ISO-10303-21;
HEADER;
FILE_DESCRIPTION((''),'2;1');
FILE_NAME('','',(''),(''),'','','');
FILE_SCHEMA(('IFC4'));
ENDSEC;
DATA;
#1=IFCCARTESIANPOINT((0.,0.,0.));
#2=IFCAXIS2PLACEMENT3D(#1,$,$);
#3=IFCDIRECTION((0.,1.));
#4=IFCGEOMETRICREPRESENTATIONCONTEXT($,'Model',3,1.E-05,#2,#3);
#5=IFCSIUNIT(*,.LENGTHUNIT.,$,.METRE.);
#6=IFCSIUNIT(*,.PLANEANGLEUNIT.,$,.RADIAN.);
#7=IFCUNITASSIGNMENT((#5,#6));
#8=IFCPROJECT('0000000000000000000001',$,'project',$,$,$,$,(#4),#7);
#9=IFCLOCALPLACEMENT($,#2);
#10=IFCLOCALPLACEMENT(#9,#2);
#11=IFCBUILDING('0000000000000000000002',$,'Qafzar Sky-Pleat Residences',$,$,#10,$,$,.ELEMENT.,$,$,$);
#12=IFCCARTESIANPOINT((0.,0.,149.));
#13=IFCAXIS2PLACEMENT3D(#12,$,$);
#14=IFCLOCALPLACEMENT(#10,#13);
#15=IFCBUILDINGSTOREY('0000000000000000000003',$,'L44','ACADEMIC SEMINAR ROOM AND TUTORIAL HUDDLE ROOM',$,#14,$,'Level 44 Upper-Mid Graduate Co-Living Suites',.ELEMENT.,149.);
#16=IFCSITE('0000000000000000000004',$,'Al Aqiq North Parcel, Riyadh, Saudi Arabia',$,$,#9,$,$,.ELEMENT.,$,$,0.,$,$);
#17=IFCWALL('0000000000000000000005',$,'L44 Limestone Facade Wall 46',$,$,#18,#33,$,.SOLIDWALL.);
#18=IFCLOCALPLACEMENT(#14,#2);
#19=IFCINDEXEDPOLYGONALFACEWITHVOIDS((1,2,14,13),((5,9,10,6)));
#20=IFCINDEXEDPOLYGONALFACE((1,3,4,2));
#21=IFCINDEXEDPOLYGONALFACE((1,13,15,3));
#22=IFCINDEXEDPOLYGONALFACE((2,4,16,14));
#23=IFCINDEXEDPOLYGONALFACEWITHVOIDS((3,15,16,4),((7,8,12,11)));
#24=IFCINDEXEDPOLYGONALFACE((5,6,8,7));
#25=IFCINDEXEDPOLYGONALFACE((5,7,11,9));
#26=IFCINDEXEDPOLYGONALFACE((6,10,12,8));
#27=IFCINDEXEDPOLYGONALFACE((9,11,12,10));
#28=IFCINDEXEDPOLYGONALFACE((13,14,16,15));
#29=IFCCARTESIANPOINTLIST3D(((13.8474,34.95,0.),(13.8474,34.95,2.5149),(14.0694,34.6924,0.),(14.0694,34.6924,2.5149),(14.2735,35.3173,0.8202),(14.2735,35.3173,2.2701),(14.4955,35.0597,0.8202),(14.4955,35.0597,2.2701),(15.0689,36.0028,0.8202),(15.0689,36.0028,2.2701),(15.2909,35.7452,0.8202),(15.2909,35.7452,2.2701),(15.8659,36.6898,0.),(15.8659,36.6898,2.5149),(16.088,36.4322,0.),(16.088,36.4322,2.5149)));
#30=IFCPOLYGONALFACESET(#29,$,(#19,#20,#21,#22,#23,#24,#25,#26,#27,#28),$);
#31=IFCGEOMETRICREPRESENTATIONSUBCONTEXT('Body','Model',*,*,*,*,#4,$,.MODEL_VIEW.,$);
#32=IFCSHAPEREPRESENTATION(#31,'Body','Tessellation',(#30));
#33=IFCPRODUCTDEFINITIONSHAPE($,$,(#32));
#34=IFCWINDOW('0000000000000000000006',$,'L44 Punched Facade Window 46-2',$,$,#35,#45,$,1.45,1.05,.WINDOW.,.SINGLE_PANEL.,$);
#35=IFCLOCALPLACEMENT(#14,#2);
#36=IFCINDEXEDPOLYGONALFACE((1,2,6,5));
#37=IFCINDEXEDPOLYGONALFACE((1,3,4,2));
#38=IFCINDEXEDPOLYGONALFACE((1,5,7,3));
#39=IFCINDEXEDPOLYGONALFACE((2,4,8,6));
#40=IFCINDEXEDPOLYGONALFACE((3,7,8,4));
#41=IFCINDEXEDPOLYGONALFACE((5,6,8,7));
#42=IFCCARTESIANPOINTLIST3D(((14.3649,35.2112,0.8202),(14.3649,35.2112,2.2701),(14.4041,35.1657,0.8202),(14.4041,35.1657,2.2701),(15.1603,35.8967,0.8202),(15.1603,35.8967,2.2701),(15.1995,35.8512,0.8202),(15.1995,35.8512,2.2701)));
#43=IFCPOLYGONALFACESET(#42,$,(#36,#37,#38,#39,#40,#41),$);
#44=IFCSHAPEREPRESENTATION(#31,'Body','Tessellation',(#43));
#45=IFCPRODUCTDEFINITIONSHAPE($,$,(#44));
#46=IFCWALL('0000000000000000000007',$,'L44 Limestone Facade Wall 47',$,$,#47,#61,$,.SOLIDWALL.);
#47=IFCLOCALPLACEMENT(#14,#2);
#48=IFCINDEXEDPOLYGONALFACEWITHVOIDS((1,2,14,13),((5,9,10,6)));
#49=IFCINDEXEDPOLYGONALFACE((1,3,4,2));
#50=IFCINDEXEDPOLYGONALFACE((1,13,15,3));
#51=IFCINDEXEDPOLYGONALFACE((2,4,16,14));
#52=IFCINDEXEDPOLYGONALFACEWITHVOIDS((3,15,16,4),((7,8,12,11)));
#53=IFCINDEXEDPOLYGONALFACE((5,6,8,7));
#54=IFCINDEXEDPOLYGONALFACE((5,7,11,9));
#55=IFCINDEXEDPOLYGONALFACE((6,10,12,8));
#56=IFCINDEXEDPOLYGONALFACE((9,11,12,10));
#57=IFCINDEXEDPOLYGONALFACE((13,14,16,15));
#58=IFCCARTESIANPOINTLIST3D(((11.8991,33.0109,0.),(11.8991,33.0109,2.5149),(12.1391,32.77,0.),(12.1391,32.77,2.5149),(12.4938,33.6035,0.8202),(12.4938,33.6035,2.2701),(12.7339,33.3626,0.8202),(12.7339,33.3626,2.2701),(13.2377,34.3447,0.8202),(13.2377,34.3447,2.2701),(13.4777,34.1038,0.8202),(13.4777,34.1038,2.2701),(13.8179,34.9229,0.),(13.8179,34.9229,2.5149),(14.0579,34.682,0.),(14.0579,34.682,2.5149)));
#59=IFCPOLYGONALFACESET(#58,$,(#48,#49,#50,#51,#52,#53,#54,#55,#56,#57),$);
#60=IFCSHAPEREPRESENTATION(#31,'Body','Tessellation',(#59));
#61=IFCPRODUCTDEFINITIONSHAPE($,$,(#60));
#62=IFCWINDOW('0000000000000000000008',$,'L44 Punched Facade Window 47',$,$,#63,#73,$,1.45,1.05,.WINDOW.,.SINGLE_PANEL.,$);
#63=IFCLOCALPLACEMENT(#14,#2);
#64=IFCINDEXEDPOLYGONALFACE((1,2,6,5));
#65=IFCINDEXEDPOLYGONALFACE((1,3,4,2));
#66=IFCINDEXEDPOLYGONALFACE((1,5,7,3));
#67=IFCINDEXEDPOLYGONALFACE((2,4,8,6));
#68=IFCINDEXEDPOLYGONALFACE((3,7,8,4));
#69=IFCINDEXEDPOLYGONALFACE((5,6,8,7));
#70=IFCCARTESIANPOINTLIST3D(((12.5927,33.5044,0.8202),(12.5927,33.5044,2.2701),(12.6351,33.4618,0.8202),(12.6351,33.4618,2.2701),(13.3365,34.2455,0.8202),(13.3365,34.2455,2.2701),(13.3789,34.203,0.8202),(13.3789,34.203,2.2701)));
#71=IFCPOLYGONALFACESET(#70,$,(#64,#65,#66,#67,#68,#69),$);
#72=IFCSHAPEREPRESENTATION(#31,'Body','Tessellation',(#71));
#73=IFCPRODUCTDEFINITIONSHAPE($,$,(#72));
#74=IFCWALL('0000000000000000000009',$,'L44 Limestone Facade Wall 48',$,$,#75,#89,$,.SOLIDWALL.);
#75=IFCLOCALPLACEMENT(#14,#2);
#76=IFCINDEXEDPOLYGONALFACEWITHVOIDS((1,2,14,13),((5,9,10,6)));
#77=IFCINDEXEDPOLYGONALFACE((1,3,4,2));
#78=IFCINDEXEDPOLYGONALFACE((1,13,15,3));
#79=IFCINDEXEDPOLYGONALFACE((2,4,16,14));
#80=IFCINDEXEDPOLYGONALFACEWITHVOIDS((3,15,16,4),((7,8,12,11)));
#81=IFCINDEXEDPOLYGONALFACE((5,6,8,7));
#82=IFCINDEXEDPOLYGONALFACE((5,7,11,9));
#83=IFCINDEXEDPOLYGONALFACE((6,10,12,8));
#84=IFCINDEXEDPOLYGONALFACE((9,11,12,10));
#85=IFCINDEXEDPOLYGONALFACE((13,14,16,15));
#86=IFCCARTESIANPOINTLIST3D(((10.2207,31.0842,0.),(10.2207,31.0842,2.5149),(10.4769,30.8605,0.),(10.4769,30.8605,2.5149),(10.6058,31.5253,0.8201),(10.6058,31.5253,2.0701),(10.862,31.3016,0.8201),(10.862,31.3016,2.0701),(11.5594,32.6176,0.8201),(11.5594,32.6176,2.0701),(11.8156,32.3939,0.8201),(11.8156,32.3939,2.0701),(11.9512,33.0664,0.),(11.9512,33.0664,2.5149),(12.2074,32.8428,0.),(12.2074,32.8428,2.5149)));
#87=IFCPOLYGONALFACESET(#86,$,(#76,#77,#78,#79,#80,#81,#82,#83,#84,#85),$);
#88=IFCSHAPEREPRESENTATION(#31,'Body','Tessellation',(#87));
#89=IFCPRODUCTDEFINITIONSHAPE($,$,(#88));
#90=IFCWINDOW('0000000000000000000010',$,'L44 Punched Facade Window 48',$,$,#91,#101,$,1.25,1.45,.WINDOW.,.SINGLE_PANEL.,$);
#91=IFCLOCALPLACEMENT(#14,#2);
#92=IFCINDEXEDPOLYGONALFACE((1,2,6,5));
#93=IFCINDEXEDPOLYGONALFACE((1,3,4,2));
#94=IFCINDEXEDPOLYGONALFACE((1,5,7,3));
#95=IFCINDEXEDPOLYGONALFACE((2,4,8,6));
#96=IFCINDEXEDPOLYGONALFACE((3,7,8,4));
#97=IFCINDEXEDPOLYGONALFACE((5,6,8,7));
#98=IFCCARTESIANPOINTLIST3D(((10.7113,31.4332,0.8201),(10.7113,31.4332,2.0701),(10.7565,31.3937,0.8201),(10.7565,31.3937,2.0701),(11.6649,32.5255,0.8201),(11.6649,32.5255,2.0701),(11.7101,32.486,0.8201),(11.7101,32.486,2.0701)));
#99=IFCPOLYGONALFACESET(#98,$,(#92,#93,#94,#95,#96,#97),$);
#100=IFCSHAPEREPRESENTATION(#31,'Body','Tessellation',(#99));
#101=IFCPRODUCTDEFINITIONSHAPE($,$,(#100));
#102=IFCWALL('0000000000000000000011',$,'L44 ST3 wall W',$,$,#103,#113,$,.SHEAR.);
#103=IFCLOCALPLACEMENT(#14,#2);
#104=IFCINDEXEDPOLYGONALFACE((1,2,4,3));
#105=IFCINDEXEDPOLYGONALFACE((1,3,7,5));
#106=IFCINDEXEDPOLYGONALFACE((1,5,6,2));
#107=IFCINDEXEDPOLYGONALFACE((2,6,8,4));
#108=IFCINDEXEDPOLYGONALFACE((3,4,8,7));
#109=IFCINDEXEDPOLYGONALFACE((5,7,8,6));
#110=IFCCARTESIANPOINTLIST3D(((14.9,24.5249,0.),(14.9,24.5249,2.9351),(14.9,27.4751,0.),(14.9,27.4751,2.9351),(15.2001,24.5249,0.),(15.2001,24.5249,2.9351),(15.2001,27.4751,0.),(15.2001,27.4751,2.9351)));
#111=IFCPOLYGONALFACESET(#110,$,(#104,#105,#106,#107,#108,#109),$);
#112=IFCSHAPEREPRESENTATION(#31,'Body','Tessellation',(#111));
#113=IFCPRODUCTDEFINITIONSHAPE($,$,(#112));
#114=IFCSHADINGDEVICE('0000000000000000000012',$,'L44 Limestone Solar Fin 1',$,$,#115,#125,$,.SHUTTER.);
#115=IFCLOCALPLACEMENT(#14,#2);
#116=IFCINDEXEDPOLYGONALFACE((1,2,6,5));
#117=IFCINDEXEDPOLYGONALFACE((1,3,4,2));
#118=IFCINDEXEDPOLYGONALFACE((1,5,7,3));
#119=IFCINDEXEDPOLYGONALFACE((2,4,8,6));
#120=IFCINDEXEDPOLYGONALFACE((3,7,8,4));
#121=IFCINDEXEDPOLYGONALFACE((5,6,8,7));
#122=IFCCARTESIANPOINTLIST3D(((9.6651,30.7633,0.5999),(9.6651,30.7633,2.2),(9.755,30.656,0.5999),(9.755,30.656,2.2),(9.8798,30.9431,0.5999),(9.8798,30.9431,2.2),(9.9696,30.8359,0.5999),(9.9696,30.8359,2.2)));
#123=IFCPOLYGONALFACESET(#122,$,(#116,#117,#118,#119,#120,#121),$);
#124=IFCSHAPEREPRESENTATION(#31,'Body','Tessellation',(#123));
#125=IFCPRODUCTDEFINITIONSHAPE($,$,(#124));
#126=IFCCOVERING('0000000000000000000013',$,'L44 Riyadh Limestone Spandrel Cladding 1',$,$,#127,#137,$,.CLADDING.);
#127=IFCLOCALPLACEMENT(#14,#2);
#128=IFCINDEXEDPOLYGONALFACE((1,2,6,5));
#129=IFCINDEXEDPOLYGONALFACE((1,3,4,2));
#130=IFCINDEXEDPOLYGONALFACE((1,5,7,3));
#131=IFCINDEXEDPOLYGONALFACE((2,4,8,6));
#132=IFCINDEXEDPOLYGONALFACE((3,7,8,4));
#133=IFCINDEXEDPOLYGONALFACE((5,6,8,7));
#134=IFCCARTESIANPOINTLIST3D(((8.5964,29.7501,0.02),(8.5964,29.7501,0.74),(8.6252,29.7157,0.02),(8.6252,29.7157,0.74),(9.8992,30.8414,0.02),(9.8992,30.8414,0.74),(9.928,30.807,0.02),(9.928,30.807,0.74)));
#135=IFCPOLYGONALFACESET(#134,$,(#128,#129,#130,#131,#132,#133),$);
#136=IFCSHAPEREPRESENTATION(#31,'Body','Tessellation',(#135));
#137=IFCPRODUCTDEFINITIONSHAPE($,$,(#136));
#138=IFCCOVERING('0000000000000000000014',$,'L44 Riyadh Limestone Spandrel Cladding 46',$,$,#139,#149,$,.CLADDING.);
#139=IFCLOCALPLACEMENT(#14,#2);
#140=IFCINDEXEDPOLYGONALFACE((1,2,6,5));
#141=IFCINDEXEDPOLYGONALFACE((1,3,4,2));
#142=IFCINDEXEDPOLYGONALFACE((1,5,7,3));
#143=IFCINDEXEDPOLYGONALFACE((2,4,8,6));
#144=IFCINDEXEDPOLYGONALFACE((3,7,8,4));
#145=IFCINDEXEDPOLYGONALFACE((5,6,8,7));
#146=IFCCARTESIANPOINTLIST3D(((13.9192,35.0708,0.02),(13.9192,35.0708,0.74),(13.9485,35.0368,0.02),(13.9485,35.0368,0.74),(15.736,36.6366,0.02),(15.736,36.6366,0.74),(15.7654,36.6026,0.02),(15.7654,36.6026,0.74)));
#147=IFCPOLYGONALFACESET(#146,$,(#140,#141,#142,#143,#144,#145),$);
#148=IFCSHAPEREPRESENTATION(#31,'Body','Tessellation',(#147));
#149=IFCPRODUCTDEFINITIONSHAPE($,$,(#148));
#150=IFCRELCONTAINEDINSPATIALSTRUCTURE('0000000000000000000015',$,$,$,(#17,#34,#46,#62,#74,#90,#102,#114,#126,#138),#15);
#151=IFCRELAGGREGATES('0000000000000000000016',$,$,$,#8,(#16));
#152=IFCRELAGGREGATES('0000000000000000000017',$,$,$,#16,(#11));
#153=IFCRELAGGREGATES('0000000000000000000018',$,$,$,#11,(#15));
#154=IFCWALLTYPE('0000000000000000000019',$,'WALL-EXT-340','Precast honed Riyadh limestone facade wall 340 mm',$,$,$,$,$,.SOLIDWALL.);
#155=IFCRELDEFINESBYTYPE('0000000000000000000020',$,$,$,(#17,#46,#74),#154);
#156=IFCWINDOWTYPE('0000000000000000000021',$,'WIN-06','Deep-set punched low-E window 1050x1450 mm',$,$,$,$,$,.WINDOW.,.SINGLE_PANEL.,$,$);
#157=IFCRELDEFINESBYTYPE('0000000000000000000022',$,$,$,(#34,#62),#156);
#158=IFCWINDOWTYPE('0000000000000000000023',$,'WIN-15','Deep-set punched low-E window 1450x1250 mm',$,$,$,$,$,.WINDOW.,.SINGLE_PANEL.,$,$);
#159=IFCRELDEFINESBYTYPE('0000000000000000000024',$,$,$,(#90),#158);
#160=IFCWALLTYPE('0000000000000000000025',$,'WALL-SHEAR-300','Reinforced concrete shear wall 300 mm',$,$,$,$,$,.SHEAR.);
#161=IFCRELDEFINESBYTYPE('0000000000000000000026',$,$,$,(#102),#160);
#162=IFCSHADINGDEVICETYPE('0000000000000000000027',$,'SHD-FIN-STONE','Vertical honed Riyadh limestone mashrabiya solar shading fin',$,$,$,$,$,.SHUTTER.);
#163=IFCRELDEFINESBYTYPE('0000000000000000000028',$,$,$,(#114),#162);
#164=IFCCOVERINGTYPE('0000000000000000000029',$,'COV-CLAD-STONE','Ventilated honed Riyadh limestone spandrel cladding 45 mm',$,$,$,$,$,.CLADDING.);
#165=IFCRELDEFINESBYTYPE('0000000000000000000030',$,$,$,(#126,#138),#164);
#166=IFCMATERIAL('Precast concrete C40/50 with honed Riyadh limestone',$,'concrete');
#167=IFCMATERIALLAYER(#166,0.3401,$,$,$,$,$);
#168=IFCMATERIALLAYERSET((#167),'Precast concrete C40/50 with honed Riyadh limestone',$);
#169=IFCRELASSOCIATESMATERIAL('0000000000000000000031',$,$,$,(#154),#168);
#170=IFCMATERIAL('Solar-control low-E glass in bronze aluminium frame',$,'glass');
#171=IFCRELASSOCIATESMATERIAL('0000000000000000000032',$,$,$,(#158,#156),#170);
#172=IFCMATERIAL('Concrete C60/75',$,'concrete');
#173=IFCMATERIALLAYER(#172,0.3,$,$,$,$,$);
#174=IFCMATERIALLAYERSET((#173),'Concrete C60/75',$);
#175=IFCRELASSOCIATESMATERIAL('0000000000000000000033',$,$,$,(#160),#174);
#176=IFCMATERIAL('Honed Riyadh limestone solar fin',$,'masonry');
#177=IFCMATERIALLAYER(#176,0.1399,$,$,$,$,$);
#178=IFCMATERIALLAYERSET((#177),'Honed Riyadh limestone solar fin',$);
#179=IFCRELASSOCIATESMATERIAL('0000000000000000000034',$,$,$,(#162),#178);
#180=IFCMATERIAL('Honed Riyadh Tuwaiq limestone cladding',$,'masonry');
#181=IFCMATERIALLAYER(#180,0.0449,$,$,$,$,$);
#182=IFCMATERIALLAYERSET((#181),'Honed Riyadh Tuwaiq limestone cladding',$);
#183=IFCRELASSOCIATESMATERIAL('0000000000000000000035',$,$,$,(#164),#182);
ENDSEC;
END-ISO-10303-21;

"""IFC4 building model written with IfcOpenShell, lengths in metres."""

from ifc_helpers import new_model, si_unit, direction, frame, frame_2d, origin, origin_2d, place, context, subcontext, project, spatial, rectangle, extrude, source, transform, mapped, material, layer, layer_set, type_object, element, fill, save


model = new_model("IFC4")

# Units and contexts
model_context = context("Model", 3, precision=1e-05, world=origin(), true_north=direction((0.0, 1.0)))
body_context = subcontext(model_context, "Body", "Model", "MODEL_VIEW")
ifc_project = project(units=[si_unit("LENGTHUNIT", "METRE"), si_unit("PLANEANGLEUNIT", "RADIAN")], contexts=[model_context])

# Site, building, storey
site_placement = place(None, origin())
site = spatial("IfcSite", under=ifc_project, at=site_placement, Name="Al Aqiq North Parcel, Riyadh, Saudi Arabia", CompositionType="ELEMENT", RefElevation=0.0)
building_placement = place(site_placement, origin())
building = spatial("IfcBuilding", under=site, at=building_placement, Name="Qafzar Sky-Pleat Residences", CompositionType="ELEMENT")
storey_placement = place(building_placement, frame((0.0, 0.0, 149.0)))
storey = spatial("IfcBuildingStorey", under=building, at=storey_placement, Name="L44", Description="ACADEMIC SEMINAR ROOM AND TUTORIAL HUDDLE ROOM", LongName="Level 44 Upper-Mid Graduate Co-Living Suites", CompositionType="ELEMENT", Elevation=149.0)

# Shared definitions
ifc_material_1 = material(Name="Concrete C60/75", Category="concrete")

# Walls, openings, windows
ifc_material_2 = material(Name="Precast concrete C40/50 with honed Riyadh limestone", Category="concrete")
ifc_layer_1 = layer(ifc_material_2, 0.3401)
ifc_layer_set_1 = layer_set([ifc_layer_1], Name="Precast concrete C40/50 with honed Riyadh limestone")
wall_type_1 = type_object("IfcWallType", Name="WALL-EXT-340", Description="Precast honed Riyadh limestone facade wall 340 mm", PredefinedType="SOLIDWALL", material=ifc_layer_set_1)
ifc_material_3 = material(Name="Solar-control low-E glass in bronze aluminium frame", Category="glass")
window_type_1 = type_object("IfcWindowType", Name="WIN-15", Description="Deep-set punched low-E window 1450x1250 mm", PartitioningType="SINGLE_PANEL", PredefinedType="WINDOW", material=ifc_material_3)
shared_shape_1 = source(origin(), body_context, "Body", "SweptSolid", [
    extrude(rectangle(XDim=1.45, YDim=1.25, at=frame_2d((0.7251, 0.625))), frame((0.0, 0.03, 0.0), z_axis=(0.0, -1.0, 0.0), x_axis=(1.0, 0.0, 0.0)), (0.0, 0.0, 1.0), 0.0601),
])
wall_1_placement = place(storey_placement, frame((15.9771, 36.561, 0.0), z_axis=(0.0, 0.0, 1.0), x_axis=(-0.757482, -0.652856, 0.0)))
wall_1 = element("IfcWall", 1, at=wall_1_placement, inside=storey, type_object=wall_type_1, Name="L44 Limestone Facade Wall 46", PredefinedType="SOLIDWALL", context=body_context, shape_type="SweptSolid", body=[
    extrude(rectangle(XDim=2.6648, YDim=0.3401, at=frame_2d((1.3325, 0.0))), origin(), (0.0, 0.0, 1.0), 2.5149),
])
opening_1_placement = place(wall_1_placement, frame((1.0525, 0.0, 0.8201)))
opening_1 = element("IfcOpeningElement", 2, at=opening_1_placement, cuts=wall_1, PredefinedType="OPENING", context=body_context, shape_type="SweptSolid", body=[
    extrude(rectangle(XDim=1.05, YDim=1.45, at=frame_2d((0.5249, 0.7251))), frame((0.0, 0.1802, 0.0), z_axis=(0.0, -1.0, 0.0), x_axis=(1.0, 0.0, 0.0)), (0.0, 0.0, 1.0), 0.3601),
])
window_type_2 = type_object("IfcWindowType", Name="WIN-06", Description="Deep-set punched low-E window 1050x1450 mm", PartitioningType="SINGLE_PANEL", PredefinedType="WINDOW", material=ifc_material_3)
shared_shape_2 = source(origin(), body_context, "Body", "SweptSolid", [
    extrude(rectangle(XDim=1.05, YDim=1.45, at=frame_2d((0.5249, 0.7251))), frame((0.0, 0.03, 0.0), z_axis=(0.0, -1.0, 0.0), x_axis=(1.0, 0.0, 0.0)), (0.0, 0.0, 1.0), 0.0601),
])
window_1_placement = place(opening_1_placement, origin())
window_1 = element("IfcWindow", 3, at=window_1_placement, inside=storey, type_object=window_type_2, Name="L44 Punched Facade Window 46-2", OverallHeight=1.45, OverallWidth=1.05, PartitioningType="SINGLE_PANEL", PredefinedType="WINDOW", context=body_context, shape_type="MappedRepresentation", body=[
    mapped(shared_shape_2, transform((0.0, 0.0, 0.0), x_axis=(1.0, 0.0, 0.0), y_axis=(0.0, 1.0, 0.0), z_axis=(0.0, 0.0, 1.0), scale=1.0)),
])
fill(opening_1, window_1)
wall_2_placement = place(storey_placement, frame((13.938, 34.8025, 0.0), z_axis=(0.0, 0.0, 1.0), x_axis=(-0.708368, -0.705844, 0.0)))
wall_2 = element("IfcWall", 4, at=wall_2_placement, inside=storey, type_object=wall_type_1, Name="L44 Limestone Facade Wall 47", PredefinedType="SOLIDWALL", context=body_context, shape_type="SweptSolid", body=[
    extrude(rectangle(XDim=2.7087, YDim=0.3401, at=frame_2d((1.3545, 0.0))), origin(), (0.0, 0.0, 1.0), 2.5149),
])
opening_2_placement = place(wall_2_placement, frame((0.8193, 0.0, 0.8201)))
opening_2 = element("IfcOpeningElement", 5, at=opening_2_placement, cuts=wall_2, PredefinedType="OPENING", context=body_context, shape_type="SweptSolid", body=[
    extrude(rectangle(XDim=1.05, YDim=1.45, at=frame_2d((0.5249, 0.7251))), frame((0.0, 0.1802, 0.0), z_axis=(0.0, -1.0, 0.0), x_axis=(1.0, 0.0, 0.0)), (0.0, 0.0, 1.0), 0.3601),
])
window_2_placement = place(opening_2_placement, origin())
window_2 = element("IfcWindow", 6, at=window_2_placement, inside=storey, type_object=window_type_2, Name="L44 Punched Facade Window 47", OverallHeight=1.45, OverallWidth=1.05, PartitioningType="SINGLE_PANEL", PredefinedType="WINDOW", context=body_context, shape_type="MappedRepresentation", body=[
    mapped(shared_shape_2, transform((0.0, 0.0, 0.0), x_axis=(1.0, 0.0, 0.0), y_axis=(0.0, 1.0, 0.0), z_axis=(0.0, 0.0, 1.0), scale=1.0)),
])
fill(opening_2, window_2)
wall_3_placement = place(storey_placement, frame((12.0793, 32.9546, 0.0), z_axis=(0.0, 0.0, 1.0), x_axis=(-0.657657, -0.753318, 0.0)))
wall_3 = element("IfcWall", 7, at=wall_3_placement, inside=storey, type_object=wall_type_1, Name="L44 Limestone Facade Wall 48", PredefinedType="SOLIDWALL", context=body_context, shape_type="SweptSolid", body=[
    extrude(rectangle(XDim=2.6313, YDim=0.3401, at=frame_2d((1.3157, 0.0))), origin(), (0.0, 0.0, 1.0), 2.5149),
])
opening_3_placement = place(wall_3_placement, frame((0.5957, 0.0, 0.8201)))
opening_3 = element("IfcOpeningElement", 8, at=opening_3_placement, cuts=wall_3, PredefinedType="OPENING", context=body_context, shape_type="SweptSolid", body=[
    extrude(rectangle(XDim=1.45, YDim=1.25, at=frame_2d((0.7251, 0.625))), frame((0.0, 0.1802, 0.0), z_axis=(0.0, -1.0, 0.0), x_axis=(1.0, 0.0, 0.0)), (0.0, 0.0, 1.0), 0.3601),
])
window_3_placement = place(opening_3_placement, origin())
window_3 = element("IfcWindow", 9, at=window_3_placement, inside=storey, type_object=window_type_1, Name="L44 Punched Facade Window 48", OverallHeight=1.25, OverallWidth=1.45, PartitioningType="SINGLE_PANEL", PredefinedType="WINDOW", context=body_context, shape_type="MappedRepresentation", body=[
    mapped(shared_shape_1, transform((0.0, 0.0, 0.0), x_axis=(1.0, 0.0, 0.0), y_axis=(0.0, 1.0, 0.0), z_axis=(0.0, 0.0, 1.0), scale=1.0)),
])
fill(opening_3, window_3)

# Wall
ifc_layer_2 = layer(ifc_material_1, 0.3)
ifc_layer_set_2 = layer_set([ifc_layer_2], Name="Concrete C60/75")
wall_type_2 = type_object("IfcWallType", Name="WALL-SHEAR-300", Description="Reinforced concrete shear wall 300 mm", PredefinedType="SHEAR", material=ifc_layer_set_2)
wall_4_placement = place(storey_placement, frame((15.05, 27.4751, 0.0), z_axis=(0.0, 0.0, 1.0), x_axis=(0.0, -1.0, 0.0)))
element("IfcWall", 10, at=wall_4_placement, inside=storey, type_object=wall_type_2, Name="L44 ST3 wall W", PredefinedType="SHEAR", context=body_context, shape_type="SweptSolid", body=[
    extrude(rectangle(XDim=2.9502, YDim=0.3, at=frame_2d((1.4751, 0.0))), origin(), (0.0, 0.0, 1.0), 2.9351),
])

# Shading device
ifc_material_4 = material(Name="Honed Riyadh limestone solar fin", Category="masonry")
ifc_layer_3 = layer(ifc_material_4, 0.1399)
ifc_layer_set_3 = layer_set([ifc_layer_3], Name="Honed Riyadh limestone solar fin")
shading_device_type = type_object("IfcShadingDeviceType", Name="SHD-FIN-STONE", Description="Vertical honed Riyadh limestone mashrabiya solar shading fin", PredefinedType="SHUTTER", material=ifc_layer_set_3)
shared_shape_3 = source(origin(), body_context, "Body", "SweptSolid", [
    extrude(rectangle(XDim=0.1399, YDim=0.28, at=origin_2d()), origin(), (0.0, 0.0, 1.0), 1.6001),
])
shading_device_placement = place(storey_placement, frame((9.8174, 30.7996, 0.5999), z_axis=(0.0, 0.0, 1.0), x_axis=(-0.642179, 0.766555, 0.0)))
element("IfcShadingDevice", 11, at=shading_device_placement, inside=storey, type_object=shading_device_type, Name="L44 Limestone Solar Fin 1", PredefinedType="SHUTTER", context=body_context, shape_type="MappedRepresentation", body=[
    mapped(shared_shape_3, transform((0.0, 0.0, 0.0), x_axis=(1.0, 0.0, 0.0), y_axis=(0.0, 1.0, 0.0), z_axis=(0.0, 0.0, 1.0), scale=1.0)),
])

# Coverings
ifc_material_5 = material(Name="Honed Riyadh Tuwaiq limestone cladding", Category="masonry")
ifc_layer_4 = layer(ifc_material_5, 0.0449)
ifc_layer_set_4 = layer_set([ifc_layer_4], Name="Honed Riyadh Tuwaiq limestone cladding")
covering_type = type_object("IfcCoveringType", Name="COV-CLAD-STONE", Description="Ventilated honed Riyadh limestone spandrel cladding 45 mm", PredefinedType="CLADDING", material=ifc_layer_set_4)
shared_shape_4 = source(origin(), body_context, "Body", "SweptSolid", [
    extrude(rectangle(XDim=1.6995, YDim=0.0449, at=origin_2d()), origin(), (0.0, 0.0, 1.0), 0.72),
])
covering_1_placement = place(storey_placement, frame((9.2622, 30.2786, 0.02), z_axis=(0.0, 0.0, 1.0), x_axis=(-0.766591, -0.642136, 0.0)))
element("IfcCovering", 12, at=covering_1_placement, inside=storey, type_object=covering_type, Name="L44 Riyadh Limestone Spandrel Cladding 1", PredefinedType="CLADDING", context=body_context, shape_type="MappedRepresentation", body=[
    mapped(shared_shape_4, transform((0.0, 0.0, 0.0), x_axis=(1.0, 0.0, 0.0), y_axis=(0.0, 1.0, 0.0), z_axis=(0.0, 0.0, 1.0), scale=1.0)),
])
shared_shape_5 = source(origin(), body_context, "Body", "SweptSolid", [
    extrude(rectangle(XDim=2.3984, YDim=0.0449, at=origin_2d()), origin(), (0.0, 0.0, 1.0), 0.72),
])
covering_2_placement = place(storey_placement, frame((14.8423, 35.8367, 0.02), z_axis=(0.0, 0.0, 1.0), x_axis=(-0.757495, -0.652841, 0.0)))
element("IfcCovering", 13, at=covering_2_placement, inside=storey, type_object=covering_type, Name="L44 Riyadh Limestone Spandrel Cladding 46", PredefinedType="CLADDING", context=body_context, shape_type="MappedRepresentation", body=[
    mapped(shared_shape_5, transform((0.0, 0.0, 0.0), x_axis=(1.0, 0.0, 0.0), y_axis=(0.0, 1.0, 0.0), z_axis=(0.0, 0.0, 1.0), scale=1.0)),
])

save(model, "model.ifc")
